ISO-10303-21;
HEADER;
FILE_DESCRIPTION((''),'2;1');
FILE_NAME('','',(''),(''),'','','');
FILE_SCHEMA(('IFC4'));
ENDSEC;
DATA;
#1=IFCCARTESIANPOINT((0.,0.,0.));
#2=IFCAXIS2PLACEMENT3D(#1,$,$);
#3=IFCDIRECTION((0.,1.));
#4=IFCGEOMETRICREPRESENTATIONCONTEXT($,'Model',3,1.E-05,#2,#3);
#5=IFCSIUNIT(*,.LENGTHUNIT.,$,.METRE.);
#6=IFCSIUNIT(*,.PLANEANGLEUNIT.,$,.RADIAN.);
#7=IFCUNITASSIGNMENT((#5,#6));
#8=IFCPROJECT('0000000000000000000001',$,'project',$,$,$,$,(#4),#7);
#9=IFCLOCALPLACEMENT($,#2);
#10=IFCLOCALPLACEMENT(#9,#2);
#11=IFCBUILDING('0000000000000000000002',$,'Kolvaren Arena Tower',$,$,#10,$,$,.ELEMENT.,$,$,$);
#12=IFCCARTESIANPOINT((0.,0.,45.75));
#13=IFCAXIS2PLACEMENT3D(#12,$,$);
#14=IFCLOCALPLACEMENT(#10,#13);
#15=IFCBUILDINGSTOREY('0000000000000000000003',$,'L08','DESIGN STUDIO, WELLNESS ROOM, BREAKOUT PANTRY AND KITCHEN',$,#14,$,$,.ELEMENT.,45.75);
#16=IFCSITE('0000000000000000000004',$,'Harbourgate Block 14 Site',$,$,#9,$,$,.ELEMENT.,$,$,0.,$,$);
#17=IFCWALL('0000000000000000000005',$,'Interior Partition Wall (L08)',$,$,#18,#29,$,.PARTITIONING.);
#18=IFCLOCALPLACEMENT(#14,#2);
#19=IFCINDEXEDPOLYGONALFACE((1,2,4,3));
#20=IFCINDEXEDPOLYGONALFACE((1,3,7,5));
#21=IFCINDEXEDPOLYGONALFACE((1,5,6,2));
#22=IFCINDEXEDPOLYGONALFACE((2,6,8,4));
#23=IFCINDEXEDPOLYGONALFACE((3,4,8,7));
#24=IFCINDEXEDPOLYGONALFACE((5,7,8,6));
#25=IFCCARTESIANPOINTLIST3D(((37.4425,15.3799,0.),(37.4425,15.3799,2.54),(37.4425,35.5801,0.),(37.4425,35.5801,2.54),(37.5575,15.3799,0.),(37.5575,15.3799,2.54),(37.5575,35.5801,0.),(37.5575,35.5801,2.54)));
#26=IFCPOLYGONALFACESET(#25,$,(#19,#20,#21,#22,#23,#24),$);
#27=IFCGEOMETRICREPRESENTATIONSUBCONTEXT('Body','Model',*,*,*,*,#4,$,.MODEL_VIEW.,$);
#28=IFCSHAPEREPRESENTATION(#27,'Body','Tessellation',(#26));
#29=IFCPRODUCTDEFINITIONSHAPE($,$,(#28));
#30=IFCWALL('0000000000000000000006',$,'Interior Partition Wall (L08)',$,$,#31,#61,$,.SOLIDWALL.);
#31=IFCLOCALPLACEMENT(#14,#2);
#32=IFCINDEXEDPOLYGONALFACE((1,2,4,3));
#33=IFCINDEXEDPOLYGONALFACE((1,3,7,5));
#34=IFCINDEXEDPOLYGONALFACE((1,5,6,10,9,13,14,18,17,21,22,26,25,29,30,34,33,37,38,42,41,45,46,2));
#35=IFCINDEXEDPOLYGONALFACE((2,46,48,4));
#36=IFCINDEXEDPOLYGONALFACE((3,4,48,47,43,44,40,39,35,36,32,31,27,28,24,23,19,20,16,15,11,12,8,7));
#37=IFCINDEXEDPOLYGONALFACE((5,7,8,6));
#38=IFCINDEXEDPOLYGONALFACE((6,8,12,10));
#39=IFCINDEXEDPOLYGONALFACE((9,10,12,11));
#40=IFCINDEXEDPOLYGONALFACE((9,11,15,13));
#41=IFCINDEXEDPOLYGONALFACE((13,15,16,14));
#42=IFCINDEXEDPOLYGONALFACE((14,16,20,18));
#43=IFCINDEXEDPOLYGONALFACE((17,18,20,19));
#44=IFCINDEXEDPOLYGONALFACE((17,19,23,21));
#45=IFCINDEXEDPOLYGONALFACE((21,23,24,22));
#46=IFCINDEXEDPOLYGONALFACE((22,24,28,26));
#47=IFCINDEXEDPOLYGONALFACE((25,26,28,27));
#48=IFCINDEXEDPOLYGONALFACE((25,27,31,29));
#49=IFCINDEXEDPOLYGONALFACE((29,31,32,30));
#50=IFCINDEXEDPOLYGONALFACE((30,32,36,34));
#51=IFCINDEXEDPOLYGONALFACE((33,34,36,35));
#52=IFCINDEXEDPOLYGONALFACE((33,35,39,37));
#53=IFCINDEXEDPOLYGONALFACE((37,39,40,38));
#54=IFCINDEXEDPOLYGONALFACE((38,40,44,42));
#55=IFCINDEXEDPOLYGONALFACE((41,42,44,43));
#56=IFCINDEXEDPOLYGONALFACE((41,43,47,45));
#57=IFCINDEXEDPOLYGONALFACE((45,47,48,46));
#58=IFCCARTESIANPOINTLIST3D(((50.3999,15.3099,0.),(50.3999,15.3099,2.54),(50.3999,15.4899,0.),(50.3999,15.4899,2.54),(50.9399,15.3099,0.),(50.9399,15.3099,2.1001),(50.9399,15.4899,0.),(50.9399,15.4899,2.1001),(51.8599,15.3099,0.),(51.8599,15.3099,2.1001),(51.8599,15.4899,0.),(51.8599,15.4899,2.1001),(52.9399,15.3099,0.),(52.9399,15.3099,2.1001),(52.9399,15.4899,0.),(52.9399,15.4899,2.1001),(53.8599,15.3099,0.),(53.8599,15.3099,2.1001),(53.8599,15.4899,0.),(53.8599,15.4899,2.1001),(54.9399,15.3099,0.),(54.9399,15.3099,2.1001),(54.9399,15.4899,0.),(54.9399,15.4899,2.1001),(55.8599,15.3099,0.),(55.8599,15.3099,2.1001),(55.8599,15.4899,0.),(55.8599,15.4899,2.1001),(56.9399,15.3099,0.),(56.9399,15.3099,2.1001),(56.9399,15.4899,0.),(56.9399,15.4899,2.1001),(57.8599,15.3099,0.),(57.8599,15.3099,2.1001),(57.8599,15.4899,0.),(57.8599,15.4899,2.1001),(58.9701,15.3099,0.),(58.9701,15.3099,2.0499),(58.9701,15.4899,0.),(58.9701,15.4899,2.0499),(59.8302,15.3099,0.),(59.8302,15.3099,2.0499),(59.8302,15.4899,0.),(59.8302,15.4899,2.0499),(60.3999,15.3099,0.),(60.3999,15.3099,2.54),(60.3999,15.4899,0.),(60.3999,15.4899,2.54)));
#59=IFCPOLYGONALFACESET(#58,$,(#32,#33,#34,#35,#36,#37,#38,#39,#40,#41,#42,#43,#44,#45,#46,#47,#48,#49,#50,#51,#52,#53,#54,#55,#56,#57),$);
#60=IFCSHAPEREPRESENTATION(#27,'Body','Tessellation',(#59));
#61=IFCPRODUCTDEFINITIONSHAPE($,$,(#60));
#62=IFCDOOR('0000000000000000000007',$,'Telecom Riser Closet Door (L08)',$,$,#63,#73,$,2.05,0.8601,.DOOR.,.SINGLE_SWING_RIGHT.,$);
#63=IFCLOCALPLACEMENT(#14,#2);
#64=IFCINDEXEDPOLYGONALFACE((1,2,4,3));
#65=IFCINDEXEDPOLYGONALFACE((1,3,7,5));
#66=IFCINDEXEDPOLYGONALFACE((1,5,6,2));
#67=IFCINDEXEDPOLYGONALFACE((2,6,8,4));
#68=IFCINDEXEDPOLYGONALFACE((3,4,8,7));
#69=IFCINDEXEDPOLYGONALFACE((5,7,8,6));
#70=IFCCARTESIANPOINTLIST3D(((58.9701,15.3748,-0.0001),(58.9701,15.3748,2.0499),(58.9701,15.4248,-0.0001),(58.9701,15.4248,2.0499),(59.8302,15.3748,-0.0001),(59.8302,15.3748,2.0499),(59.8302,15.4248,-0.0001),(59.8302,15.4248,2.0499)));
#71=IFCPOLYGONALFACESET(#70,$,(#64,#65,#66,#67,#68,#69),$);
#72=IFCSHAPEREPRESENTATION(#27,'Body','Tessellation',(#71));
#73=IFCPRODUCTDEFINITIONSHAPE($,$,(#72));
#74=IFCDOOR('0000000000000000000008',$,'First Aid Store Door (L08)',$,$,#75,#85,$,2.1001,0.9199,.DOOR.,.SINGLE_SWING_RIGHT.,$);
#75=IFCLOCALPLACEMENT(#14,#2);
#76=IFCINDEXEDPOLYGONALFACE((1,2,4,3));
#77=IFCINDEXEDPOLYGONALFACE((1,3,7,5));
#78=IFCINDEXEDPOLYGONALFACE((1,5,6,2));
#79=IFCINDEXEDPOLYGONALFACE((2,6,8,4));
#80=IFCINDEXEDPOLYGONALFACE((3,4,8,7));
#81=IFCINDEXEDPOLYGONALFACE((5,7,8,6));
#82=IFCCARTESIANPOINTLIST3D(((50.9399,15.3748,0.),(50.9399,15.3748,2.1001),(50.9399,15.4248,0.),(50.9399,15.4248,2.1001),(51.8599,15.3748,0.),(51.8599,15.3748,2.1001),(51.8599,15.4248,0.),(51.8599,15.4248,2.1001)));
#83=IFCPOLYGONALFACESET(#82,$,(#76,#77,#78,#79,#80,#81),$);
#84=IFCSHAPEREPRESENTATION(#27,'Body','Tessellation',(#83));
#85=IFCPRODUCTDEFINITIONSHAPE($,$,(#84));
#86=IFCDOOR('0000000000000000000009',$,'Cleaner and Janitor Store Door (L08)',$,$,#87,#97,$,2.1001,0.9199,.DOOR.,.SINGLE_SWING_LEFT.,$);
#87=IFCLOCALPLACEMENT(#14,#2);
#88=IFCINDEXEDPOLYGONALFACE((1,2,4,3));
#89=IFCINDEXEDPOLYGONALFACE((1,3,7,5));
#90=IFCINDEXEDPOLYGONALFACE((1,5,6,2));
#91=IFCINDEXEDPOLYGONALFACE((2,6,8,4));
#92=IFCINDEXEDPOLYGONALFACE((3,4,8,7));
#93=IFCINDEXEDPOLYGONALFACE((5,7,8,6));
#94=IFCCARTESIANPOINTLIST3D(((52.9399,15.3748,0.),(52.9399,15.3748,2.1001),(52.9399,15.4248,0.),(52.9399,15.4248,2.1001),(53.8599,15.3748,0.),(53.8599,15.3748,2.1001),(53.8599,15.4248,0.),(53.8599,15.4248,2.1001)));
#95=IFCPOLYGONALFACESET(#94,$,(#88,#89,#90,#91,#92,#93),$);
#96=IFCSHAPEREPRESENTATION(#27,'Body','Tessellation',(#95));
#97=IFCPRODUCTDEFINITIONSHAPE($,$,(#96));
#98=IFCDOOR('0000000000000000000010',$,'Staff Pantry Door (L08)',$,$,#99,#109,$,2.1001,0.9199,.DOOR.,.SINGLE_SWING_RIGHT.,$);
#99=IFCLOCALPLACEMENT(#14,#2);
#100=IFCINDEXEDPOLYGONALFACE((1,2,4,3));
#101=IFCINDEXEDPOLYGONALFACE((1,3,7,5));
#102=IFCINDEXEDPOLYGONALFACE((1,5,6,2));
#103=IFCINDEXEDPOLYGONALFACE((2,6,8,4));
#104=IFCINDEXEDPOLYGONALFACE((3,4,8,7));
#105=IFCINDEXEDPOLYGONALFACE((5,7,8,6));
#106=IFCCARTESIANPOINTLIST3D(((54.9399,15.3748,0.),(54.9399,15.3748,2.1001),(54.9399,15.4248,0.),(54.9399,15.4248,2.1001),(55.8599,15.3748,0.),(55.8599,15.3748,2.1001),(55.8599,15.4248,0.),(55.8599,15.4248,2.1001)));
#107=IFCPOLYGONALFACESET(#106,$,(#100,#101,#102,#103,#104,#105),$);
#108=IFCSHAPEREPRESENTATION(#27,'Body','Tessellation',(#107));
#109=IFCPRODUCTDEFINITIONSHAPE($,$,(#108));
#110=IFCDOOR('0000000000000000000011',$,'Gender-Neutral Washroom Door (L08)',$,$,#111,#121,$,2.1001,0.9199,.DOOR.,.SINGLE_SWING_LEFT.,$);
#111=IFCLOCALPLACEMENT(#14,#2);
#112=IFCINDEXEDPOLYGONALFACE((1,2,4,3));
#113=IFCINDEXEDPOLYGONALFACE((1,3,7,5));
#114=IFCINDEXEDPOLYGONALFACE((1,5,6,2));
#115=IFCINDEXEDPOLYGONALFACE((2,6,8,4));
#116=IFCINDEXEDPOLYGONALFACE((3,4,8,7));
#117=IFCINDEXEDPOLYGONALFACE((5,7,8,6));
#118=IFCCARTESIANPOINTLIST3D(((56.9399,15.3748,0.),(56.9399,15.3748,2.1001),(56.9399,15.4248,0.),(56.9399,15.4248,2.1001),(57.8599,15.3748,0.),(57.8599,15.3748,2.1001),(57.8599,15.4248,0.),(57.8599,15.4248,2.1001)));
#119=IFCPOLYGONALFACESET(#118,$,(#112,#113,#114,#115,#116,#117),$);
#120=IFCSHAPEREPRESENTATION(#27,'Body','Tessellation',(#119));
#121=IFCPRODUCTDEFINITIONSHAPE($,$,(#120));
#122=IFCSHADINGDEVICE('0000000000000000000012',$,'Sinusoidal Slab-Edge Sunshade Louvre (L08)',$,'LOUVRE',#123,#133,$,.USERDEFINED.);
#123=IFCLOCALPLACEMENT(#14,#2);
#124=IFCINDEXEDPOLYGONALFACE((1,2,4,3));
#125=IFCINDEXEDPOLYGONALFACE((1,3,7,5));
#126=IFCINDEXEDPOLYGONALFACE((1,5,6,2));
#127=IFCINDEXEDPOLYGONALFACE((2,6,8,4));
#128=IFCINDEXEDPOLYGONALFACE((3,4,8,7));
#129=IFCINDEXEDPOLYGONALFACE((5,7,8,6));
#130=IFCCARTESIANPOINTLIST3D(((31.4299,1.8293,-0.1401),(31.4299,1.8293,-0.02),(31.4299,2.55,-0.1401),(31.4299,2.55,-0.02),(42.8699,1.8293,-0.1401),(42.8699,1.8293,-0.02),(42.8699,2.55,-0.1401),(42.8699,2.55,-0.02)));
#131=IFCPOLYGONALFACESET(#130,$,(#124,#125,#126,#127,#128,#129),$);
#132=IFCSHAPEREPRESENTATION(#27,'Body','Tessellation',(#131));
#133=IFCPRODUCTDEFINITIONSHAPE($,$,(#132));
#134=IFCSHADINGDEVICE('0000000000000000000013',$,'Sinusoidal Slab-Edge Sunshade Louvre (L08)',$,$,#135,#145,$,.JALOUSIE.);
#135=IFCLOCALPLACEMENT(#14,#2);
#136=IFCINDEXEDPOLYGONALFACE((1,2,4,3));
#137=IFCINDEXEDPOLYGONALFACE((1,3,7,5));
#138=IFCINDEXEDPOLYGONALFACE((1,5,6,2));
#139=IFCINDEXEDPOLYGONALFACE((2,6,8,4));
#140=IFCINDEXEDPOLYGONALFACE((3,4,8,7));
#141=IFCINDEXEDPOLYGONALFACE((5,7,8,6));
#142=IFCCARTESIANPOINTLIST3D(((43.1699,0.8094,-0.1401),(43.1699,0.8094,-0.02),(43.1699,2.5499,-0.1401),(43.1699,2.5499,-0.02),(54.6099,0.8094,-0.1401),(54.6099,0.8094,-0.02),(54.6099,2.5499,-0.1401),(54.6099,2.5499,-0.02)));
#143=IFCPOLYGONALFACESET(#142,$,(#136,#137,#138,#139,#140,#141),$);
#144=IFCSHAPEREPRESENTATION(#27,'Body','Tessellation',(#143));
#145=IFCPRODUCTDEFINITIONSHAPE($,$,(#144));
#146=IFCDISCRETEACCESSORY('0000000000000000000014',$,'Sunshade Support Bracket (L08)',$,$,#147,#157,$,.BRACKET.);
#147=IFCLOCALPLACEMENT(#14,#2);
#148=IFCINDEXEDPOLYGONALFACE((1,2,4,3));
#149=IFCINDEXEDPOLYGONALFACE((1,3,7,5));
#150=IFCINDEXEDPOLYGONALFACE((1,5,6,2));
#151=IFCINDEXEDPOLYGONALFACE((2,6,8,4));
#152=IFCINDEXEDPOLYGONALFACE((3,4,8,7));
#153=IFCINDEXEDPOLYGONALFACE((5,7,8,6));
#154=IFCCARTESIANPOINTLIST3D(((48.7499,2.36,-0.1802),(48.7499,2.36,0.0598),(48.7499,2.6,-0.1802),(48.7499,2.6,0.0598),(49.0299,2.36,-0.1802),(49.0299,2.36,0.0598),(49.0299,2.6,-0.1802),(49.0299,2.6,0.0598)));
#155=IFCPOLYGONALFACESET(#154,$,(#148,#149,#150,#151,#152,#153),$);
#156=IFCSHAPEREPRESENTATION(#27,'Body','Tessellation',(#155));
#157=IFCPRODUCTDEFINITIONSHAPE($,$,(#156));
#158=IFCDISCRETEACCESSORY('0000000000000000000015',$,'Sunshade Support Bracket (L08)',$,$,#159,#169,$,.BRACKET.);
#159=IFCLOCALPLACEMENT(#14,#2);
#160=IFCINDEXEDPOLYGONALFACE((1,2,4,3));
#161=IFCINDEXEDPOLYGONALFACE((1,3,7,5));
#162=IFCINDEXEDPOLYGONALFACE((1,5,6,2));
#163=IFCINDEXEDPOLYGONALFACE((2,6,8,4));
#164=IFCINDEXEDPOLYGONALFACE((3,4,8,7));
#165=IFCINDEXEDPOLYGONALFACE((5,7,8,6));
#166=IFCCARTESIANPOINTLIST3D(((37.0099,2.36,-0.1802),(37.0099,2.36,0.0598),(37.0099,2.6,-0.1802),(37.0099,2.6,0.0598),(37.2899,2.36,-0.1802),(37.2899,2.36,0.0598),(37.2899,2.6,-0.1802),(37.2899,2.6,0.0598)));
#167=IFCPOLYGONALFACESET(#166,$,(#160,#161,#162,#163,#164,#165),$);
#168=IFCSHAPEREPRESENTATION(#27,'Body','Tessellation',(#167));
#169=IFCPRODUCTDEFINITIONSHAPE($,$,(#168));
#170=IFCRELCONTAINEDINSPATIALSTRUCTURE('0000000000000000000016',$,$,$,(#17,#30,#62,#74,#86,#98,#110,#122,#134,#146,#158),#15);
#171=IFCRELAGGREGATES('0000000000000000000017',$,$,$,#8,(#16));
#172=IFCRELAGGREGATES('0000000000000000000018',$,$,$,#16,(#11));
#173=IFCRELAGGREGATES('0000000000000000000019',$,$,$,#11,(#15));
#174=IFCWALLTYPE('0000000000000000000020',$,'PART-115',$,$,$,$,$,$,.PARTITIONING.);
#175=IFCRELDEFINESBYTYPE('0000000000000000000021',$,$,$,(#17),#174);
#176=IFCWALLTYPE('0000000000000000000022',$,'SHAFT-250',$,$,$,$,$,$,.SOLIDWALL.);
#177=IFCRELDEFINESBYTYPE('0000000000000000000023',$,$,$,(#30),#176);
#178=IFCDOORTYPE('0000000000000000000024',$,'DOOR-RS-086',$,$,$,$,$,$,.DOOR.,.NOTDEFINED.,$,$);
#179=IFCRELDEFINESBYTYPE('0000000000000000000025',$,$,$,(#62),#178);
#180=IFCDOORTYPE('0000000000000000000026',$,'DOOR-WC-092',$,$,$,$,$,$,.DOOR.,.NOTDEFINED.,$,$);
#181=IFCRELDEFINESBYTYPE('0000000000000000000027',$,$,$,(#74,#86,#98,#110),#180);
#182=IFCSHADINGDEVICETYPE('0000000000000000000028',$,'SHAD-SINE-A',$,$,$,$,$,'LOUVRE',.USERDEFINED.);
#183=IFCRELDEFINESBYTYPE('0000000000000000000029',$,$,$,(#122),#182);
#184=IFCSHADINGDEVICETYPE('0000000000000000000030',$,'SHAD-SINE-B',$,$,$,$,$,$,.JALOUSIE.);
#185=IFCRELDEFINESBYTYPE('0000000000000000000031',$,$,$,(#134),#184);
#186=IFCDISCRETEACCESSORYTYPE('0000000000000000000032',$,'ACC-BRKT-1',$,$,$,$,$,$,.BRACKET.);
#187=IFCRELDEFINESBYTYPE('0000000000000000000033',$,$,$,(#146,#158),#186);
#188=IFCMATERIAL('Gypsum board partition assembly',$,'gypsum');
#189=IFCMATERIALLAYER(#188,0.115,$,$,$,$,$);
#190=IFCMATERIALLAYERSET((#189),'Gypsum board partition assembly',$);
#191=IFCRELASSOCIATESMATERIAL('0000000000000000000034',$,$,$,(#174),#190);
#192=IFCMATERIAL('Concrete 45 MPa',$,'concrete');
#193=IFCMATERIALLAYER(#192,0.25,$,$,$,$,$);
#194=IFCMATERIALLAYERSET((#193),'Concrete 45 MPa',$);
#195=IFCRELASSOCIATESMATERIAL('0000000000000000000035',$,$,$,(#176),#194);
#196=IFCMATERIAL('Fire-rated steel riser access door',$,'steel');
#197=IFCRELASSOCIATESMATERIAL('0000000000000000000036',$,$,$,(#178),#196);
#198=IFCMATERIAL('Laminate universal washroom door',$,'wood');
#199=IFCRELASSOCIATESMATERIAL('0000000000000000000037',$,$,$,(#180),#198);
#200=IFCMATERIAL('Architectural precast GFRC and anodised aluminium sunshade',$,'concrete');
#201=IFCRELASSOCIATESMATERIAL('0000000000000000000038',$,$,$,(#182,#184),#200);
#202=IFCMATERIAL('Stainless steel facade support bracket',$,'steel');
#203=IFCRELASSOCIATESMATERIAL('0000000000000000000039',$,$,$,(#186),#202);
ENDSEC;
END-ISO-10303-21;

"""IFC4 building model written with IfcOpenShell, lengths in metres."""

from ifc_helpers import new_model, si_unit, direction, frame, frame_2d, origin, origin_2d, place, context, subcontext, project, spatial, rectangle, extrude, material, layer, layer_set, type_object, element, fill, save


model = new_model("IFC4")

# Units and contexts
model_context = context("Model", 3, precision=1e-05, world=origin(), true_north=direction((0.0, 1.0)))
body_context = subcontext(model_context, "Body", "Model", "MODEL_VIEW")
ifc_project = project(units=[si_unit("LENGTHUNIT", "METRE"), si_unit("PLANEANGLEUNIT", "RADIAN")], contexts=[model_context])

# Site, building, storey
site_placement = place(None, origin())
site = spatial("IfcSite", under=ifc_project, at=site_placement, Name="Harbourgate Block 14 Site", CompositionType="ELEMENT", RefElevation=0.0)
building_placement = place(site_placement, origin())
building = spatial("IfcBuilding", under=site, at=building_placement, Name="Kolvaren Arena Tower", CompositionType="ELEMENT")
storey_placement = place(building_placement, frame((0.0, 0.0, 45.75)))
storey = spatial("IfcBuildingStorey", under=building, at=storey_placement, Name="L08", Description="DESIGN STUDIO, WELLNESS ROOM, BREAKOUT PANTRY AND KITCHEN", CompositionType="ELEMENT", Elevation=45.75)

# Wall
ifc_material_1 = material(Name="Gypsum board partition assembly", Category="gypsum")
ifc_layer_1 = layer(ifc_material_1, 0.115)
ifc_layer_set_1 = layer_set([ifc_layer_1], Name="Gypsum board partition assembly")
wall_type_1 = type_object("IfcWallType", Name="PART-115", PredefinedType="PARTITIONING", material=ifc_layer_set_1)
wall_1_placement = place(storey_placement, frame((37.5, 15.3799, 0.0), z_axis=(0.0, 0.0, 1.0), x_axis=(0.0, 1.0, 0.0)))
element("IfcWall", 1, at=wall_1_placement, inside=storey, type_object=wall_type_1, Name="Interior Partition Wall (L08)", PredefinedType="PARTITIONING", context=body_context, shape_type="SweptSolid", body=[
    extrude(rectangle(XDim=20.2002, YDim=0.115, at=frame_2d((10.1001, 0.0))), origin(), (0.0, 0.0, 1.0), 2.54),
])

# Wall, openings, doors
ifc_material_2 = material(Name="Concrete 45 MPa", Category="concrete")
ifc_layer_2 = layer(ifc_material_2, 0.25)
ifc_layer_set_2 = layer_set([ifc_layer_2], Name="Concrete 45 MPa")
wall_type_2 = type_object("IfcWallType", Name="SHAFT-250", PredefinedType="SOLIDWALL", material=ifc_layer_set_2)
wall_2_placement = place(storey_placement, frame((50.3999, 15.3999, 0.0), z_axis=(0.0, 0.0, 1.0), x_axis=(1.0, 0.0, 0.0)))
wall_2 = element("IfcWall", 2, at=wall_2_placement, inside=storey, type_object=wall_type_2, Name="Interior Partition Wall (L08)", PredefinedType="SOLIDWALL", context=body_context, shape_type="SweptSolid", body=[
    extrude(rectangle(XDim=10.0, YDim=0.1799, at=frame_2d((5.0, 0.0))), origin(), (0.0, 0.0, 1.0), 2.54),
])
opening_1_placement = place(wall_2_placement, frame((0.54, 0.0, 0.0)))
opening_1 = element("IfcOpeningElement", 3, at=opening_1_placement, cuts=wall_2, PredefinedType="OPENING", context=body_context, shape_type="SweptSolid", body=[
    extrude(rectangle(XDim=0.9199, YDim=2.1001, at=frame_2d((0.46, 1.05))), frame((0.0, 0.0999, 0.0), z_axis=(0.0, -1.0, 0.0), x_axis=(1.0, 0.0, 0.0)), (0.0, 0.0, 1.0), 0.2),
])
opening_2_placement = place(wall_2_placement, frame((2.54, 0.0, 0.0)))
opening_2 = element("IfcOpeningElement", 4, at=opening_2_placement, cuts=wall_2, PredefinedType="OPENING", context=body_context, shape_type="SweptSolid", body=[
    extrude(rectangle(XDim=0.9199, YDim=2.1001, at=frame_2d((0.46, 1.05))), frame((0.0, 0.0999, 0.0), z_axis=(0.0, -1.0, 0.0), x_axis=(1.0, 0.0, 0.0)), (0.0, 0.0, 1.0), 0.2),
])
opening_3_placement = place(wall_2_placement, frame((4.54, 0.0, 0.0)))
opening_3 = element("IfcOpeningElement", 5, at=opening_3_placement, cuts=wall_2, PredefinedType="OPENING", context=body_context, shape_type="SweptSolid", body=[
    extrude(rectangle(XDim=0.9199, YDim=2.1001, at=frame_2d((0.46, 1.05))), frame((0.0, 0.0999, 0.0), z_axis=(0.0, -1.0, 0.0), x_axis=(1.0, 0.0, 0.0)), (0.0, 0.0, 1.0), 0.2),
])
opening_4_placement = place(wall_2_placement, frame((6.54, 0.0, 0.0)))
opening_4 = element("IfcOpeningElement", 6, at=opening_4_placement, cuts=wall_2, PredefinedType="OPENING", context=body_context, shape_type="SweptSolid", body=[
    extrude(rectangle(XDim=0.9199, YDim=2.1001, at=frame_2d((0.46, 1.05))), frame((0.0, 0.0999, 0.0), z_axis=(0.0, -1.0, 0.0), x_axis=(1.0, 0.0, 0.0)), (0.0, 0.0, 1.0), 0.2),
])
opening_5_placement = place(wall_2_placement, frame((8.5701, 0.0, 0.0)))
opening_5 = element("IfcOpeningElement", 7, at=opening_5_placement, cuts=wall_2, PredefinedType="OPENING", context=body_context, shape_type="SweptSolid", body=[
    extrude(rectangle(XDim=0.8601, YDim=2.05, at=frame_2d((0.4302, 1.0249))), frame((0.0, 0.0999, 0.0), z_axis=(0.0, -1.0, 0.0), x_axis=(1.0, 0.0, 0.0)), (0.0, 0.0, 1.0), 0.2),
])
ifc_material_3 = material(Name="Fire-rated steel riser access door", Category="steel")
door_type_1 = type_object("IfcDoorType", Name="DOOR-RS-086", OperationType="NOTDEFINED", PredefinedType="DOOR", material=ifc_material_3)
door_1_placement = place(opening_5_placement, origin())
door_1 = element("IfcDoor", 8, at=door_1_placement, inside=storey, type_object=door_type_1, Name="Telecom Riser Closet Door (L08)", OperationType="SINGLE_SWING_RIGHT", OverallHeight=2.05, OverallWidth=0.8601, PredefinedType="DOOR", context=body_context, shape_type="SweptSolid", body=[
    extrude(rectangle(XDim=0.8601, YDim=2.05, at=frame_2d((0.4302, 1.0249))), frame((0.0, 0.0249, 0.0), z_axis=(0.0, -1.0, 0.0), x_axis=(1.0, 0.0, 0.0)), (0.0, 0.0, 1.0), 0.05),
])
fill(opening_5, door_1)
ifc_material_4 = material(Name="Laminate universal washroom door", Category="wood")
door_type_2 = type_object("IfcDoorType", Name="DOOR-WC-092", OperationType="NOTDEFINED", PredefinedType="DOOR", material=ifc_material_4)
door_2_placement = place(opening_1_placement, origin())
door_2 = element("IfcDoor", 9, at=door_2_placement, inside=storey, type_object=door_type_2, Name="First Aid Store Door (L08)", OperationType="SINGLE_SWING_RIGHT", OverallHeight=2.1001, OverallWidth=0.9199, PredefinedType="DOOR", context=body_context, shape_type="SweptSolid", body=[
    extrude(rectangle(XDim=0.9199, YDim=2.1001, at=frame_2d((0.46, 1.05))), frame((0.0, 0.0249, 0.0), z_axis=(0.0, -1.0, 0.0), x_axis=(1.0, 0.0, 0.0)), (0.0, 0.0, 1.0), 0.05),
])
fill(opening_1, door_2)
door_3_placement = place(opening_2_placement, origin())
door_3 = element("IfcDoor", 10, at=door_3_placement, inside=storey, type_object=door_type_2, Name="Cleaner and Janitor Store Door (L08)", OperationType="SINGLE_SWING_LEFT", OverallHeight=2.1001, OverallWidth=0.9199, PredefinedType="DOOR", context=body_context, shape_type="SweptSolid", body=[
    extrude(rectangle(XDim=0.9199, YDim=2.1001, at=frame_2d((0.46, 1.05))), frame((0.0, 0.0249, 0.0), z_axis=(0.0, -1.0, 0.0), x_axis=(1.0, 0.0, 0.0)), (0.0, 0.0, 1.0), 0.05),
])
fill(opening_2, door_3)
door_4_placement = place(opening_3_placement, origin())
door_4 = element("IfcDoor", 11, at=door_4_placement, inside=storey, type_object=door_type_2, Name="Staff Pantry Door (L08)", OperationType="SINGLE_SWING_RIGHT", OverallHeight=2.1001, OverallWidth=0.9199, PredefinedType="DOOR", context=body_context, shape_type="SweptSolid", body=[
    extrude(rectangle(XDim=0.9199, YDim=2.1001, at=frame_2d((0.46, 1.05))), frame((0.0, 0.0249, 0.0), z_axis=(0.0, -1.0, 0.0), x_axis=(1.0, 0.0, 0.0)), (0.0, 0.0, 1.0), 0.05),
])
fill(opening_3, door_4)
door_5_placement = place(opening_4_placement, origin())
door_5 = element("IfcDoor", 12, at=door_5_placement, inside=storey, type_object=door_type_2, Name="Gender-Neutral Washroom Door (L08)", OperationType="SINGLE_SWING_LEFT", OverallHeight=2.1001, OverallWidth=0.9199, PredefinedType="DOOR", context=body_context, shape_type="SweptSolid", body=[
    extrude(rectangle(XDim=0.9199, YDim=2.1001, at=frame_2d((0.46, 1.05))), frame((0.0, 0.0249, 0.0), z_axis=(0.0, -1.0, 0.0), x_axis=(1.0, 0.0, 0.0)), (0.0, 0.0, 1.0), 0.05),
])
fill(opening_4, door_5)

# Shading devices
ifc_material_5 = material(Name="Architectural precast GFRC and anodised aluminium sunshade", Category="concrete")
shading_device_type_1 = type_object("IfcShadingDeviceType", Name="SHAD-SINE-A", ElementType="LOUVRE", PredefinedType="USERDEFINED", material=ifc_material_5)
shading_device_1_placement = place(storey_placement, frame((37.1499, 2.1897, -0.1401), z_axis=(0.0, 0.0, 1.0), x_axis=(-1.0, 0.0, 0.0)))
element("IfcShadingDevice", 13, at=shading_device_1_placement, inside=storey, type_object=shading_device_type_1, Name="Sinusoidal Slab-Edge Sunshade Louvre (L08)", ObjectType="LOUVRE", PredefinedType="USERDEFINED", context=body_context, shape_type="SweptSolid", body=[
    extrude(rectangle(XDim=11.4399, YDim=0.7207, at=origin_2d()), origin(), (0.0, 0.0, 1.0), 0.1201),
])
shading_device_type_2 = type_object("IfcShadingDeviceType", Name="SHAD-SINE-B", PredefinedType="JALOUSIE", material=ifc_material_5)
shading_device_2_placement = place(storey_placement, frame((48.8899, 1.6797, -0.1401), z_axis=(0.0, 0.0, 1.0), x_axis=(-1.0, 0.0, 0.0)))
element("IfcShadingDevice", 14, at=shading_device_2_placement, inside=storey, type_object=shading_device_type_2, Name="Sinusoidal Slab-Edge Sunshade Louvre (L08)", PredefinedType="JALOUSIE", context=body_context, shape_type="SweptSolid", body=[
    extrude(rectangle(XDim=11.4399, YDim=1.7405, at=origin_2d()), origin(), (0.0, 0.0, 1.0), 0.1201),
])

# Discrete accessories
ifc_material_6 = material(Name="Stainless steel facade support bracket", Category="steel")
discrete_accessory_type = type_object("IfcDiscreteAccessoryType", Name="ACC-BRKT-1", PredefinedType="BRACKET", material=ifc_material_6)
for number, where, z_axis, x_axis, name in (
    (15, (48.8899, 2.48, -0.1802), (0.0, 0.0, 1.0), (-1.0, 0.0, 0.0), "Sunshade Support Bracket (L08)"),
    (16, (37.1499, 2.48, -0.1802), (0.0, 0.0, 1.0), (-1.0, 0.0, 0.0), "Sunshade Support Bracket (L08)"),
):
    element("IfcDiscreteAccessory", number, at=place(storey_placement, frame(where, z_axis=z_axis, x_axis=x_axis)), inside=storey, type_object=discrete_accessory_type, Name=name, PredefinedType="BRACKET", context=body_context, shape_type="SweptSolid", body=[
        extrude(rectangle(XDim=0.28, YDim=0.24, at=origin_2d()), origin(), (0.0, 0.0, 1.0), 0.24),
    ])

save(model, "model.ifc")
